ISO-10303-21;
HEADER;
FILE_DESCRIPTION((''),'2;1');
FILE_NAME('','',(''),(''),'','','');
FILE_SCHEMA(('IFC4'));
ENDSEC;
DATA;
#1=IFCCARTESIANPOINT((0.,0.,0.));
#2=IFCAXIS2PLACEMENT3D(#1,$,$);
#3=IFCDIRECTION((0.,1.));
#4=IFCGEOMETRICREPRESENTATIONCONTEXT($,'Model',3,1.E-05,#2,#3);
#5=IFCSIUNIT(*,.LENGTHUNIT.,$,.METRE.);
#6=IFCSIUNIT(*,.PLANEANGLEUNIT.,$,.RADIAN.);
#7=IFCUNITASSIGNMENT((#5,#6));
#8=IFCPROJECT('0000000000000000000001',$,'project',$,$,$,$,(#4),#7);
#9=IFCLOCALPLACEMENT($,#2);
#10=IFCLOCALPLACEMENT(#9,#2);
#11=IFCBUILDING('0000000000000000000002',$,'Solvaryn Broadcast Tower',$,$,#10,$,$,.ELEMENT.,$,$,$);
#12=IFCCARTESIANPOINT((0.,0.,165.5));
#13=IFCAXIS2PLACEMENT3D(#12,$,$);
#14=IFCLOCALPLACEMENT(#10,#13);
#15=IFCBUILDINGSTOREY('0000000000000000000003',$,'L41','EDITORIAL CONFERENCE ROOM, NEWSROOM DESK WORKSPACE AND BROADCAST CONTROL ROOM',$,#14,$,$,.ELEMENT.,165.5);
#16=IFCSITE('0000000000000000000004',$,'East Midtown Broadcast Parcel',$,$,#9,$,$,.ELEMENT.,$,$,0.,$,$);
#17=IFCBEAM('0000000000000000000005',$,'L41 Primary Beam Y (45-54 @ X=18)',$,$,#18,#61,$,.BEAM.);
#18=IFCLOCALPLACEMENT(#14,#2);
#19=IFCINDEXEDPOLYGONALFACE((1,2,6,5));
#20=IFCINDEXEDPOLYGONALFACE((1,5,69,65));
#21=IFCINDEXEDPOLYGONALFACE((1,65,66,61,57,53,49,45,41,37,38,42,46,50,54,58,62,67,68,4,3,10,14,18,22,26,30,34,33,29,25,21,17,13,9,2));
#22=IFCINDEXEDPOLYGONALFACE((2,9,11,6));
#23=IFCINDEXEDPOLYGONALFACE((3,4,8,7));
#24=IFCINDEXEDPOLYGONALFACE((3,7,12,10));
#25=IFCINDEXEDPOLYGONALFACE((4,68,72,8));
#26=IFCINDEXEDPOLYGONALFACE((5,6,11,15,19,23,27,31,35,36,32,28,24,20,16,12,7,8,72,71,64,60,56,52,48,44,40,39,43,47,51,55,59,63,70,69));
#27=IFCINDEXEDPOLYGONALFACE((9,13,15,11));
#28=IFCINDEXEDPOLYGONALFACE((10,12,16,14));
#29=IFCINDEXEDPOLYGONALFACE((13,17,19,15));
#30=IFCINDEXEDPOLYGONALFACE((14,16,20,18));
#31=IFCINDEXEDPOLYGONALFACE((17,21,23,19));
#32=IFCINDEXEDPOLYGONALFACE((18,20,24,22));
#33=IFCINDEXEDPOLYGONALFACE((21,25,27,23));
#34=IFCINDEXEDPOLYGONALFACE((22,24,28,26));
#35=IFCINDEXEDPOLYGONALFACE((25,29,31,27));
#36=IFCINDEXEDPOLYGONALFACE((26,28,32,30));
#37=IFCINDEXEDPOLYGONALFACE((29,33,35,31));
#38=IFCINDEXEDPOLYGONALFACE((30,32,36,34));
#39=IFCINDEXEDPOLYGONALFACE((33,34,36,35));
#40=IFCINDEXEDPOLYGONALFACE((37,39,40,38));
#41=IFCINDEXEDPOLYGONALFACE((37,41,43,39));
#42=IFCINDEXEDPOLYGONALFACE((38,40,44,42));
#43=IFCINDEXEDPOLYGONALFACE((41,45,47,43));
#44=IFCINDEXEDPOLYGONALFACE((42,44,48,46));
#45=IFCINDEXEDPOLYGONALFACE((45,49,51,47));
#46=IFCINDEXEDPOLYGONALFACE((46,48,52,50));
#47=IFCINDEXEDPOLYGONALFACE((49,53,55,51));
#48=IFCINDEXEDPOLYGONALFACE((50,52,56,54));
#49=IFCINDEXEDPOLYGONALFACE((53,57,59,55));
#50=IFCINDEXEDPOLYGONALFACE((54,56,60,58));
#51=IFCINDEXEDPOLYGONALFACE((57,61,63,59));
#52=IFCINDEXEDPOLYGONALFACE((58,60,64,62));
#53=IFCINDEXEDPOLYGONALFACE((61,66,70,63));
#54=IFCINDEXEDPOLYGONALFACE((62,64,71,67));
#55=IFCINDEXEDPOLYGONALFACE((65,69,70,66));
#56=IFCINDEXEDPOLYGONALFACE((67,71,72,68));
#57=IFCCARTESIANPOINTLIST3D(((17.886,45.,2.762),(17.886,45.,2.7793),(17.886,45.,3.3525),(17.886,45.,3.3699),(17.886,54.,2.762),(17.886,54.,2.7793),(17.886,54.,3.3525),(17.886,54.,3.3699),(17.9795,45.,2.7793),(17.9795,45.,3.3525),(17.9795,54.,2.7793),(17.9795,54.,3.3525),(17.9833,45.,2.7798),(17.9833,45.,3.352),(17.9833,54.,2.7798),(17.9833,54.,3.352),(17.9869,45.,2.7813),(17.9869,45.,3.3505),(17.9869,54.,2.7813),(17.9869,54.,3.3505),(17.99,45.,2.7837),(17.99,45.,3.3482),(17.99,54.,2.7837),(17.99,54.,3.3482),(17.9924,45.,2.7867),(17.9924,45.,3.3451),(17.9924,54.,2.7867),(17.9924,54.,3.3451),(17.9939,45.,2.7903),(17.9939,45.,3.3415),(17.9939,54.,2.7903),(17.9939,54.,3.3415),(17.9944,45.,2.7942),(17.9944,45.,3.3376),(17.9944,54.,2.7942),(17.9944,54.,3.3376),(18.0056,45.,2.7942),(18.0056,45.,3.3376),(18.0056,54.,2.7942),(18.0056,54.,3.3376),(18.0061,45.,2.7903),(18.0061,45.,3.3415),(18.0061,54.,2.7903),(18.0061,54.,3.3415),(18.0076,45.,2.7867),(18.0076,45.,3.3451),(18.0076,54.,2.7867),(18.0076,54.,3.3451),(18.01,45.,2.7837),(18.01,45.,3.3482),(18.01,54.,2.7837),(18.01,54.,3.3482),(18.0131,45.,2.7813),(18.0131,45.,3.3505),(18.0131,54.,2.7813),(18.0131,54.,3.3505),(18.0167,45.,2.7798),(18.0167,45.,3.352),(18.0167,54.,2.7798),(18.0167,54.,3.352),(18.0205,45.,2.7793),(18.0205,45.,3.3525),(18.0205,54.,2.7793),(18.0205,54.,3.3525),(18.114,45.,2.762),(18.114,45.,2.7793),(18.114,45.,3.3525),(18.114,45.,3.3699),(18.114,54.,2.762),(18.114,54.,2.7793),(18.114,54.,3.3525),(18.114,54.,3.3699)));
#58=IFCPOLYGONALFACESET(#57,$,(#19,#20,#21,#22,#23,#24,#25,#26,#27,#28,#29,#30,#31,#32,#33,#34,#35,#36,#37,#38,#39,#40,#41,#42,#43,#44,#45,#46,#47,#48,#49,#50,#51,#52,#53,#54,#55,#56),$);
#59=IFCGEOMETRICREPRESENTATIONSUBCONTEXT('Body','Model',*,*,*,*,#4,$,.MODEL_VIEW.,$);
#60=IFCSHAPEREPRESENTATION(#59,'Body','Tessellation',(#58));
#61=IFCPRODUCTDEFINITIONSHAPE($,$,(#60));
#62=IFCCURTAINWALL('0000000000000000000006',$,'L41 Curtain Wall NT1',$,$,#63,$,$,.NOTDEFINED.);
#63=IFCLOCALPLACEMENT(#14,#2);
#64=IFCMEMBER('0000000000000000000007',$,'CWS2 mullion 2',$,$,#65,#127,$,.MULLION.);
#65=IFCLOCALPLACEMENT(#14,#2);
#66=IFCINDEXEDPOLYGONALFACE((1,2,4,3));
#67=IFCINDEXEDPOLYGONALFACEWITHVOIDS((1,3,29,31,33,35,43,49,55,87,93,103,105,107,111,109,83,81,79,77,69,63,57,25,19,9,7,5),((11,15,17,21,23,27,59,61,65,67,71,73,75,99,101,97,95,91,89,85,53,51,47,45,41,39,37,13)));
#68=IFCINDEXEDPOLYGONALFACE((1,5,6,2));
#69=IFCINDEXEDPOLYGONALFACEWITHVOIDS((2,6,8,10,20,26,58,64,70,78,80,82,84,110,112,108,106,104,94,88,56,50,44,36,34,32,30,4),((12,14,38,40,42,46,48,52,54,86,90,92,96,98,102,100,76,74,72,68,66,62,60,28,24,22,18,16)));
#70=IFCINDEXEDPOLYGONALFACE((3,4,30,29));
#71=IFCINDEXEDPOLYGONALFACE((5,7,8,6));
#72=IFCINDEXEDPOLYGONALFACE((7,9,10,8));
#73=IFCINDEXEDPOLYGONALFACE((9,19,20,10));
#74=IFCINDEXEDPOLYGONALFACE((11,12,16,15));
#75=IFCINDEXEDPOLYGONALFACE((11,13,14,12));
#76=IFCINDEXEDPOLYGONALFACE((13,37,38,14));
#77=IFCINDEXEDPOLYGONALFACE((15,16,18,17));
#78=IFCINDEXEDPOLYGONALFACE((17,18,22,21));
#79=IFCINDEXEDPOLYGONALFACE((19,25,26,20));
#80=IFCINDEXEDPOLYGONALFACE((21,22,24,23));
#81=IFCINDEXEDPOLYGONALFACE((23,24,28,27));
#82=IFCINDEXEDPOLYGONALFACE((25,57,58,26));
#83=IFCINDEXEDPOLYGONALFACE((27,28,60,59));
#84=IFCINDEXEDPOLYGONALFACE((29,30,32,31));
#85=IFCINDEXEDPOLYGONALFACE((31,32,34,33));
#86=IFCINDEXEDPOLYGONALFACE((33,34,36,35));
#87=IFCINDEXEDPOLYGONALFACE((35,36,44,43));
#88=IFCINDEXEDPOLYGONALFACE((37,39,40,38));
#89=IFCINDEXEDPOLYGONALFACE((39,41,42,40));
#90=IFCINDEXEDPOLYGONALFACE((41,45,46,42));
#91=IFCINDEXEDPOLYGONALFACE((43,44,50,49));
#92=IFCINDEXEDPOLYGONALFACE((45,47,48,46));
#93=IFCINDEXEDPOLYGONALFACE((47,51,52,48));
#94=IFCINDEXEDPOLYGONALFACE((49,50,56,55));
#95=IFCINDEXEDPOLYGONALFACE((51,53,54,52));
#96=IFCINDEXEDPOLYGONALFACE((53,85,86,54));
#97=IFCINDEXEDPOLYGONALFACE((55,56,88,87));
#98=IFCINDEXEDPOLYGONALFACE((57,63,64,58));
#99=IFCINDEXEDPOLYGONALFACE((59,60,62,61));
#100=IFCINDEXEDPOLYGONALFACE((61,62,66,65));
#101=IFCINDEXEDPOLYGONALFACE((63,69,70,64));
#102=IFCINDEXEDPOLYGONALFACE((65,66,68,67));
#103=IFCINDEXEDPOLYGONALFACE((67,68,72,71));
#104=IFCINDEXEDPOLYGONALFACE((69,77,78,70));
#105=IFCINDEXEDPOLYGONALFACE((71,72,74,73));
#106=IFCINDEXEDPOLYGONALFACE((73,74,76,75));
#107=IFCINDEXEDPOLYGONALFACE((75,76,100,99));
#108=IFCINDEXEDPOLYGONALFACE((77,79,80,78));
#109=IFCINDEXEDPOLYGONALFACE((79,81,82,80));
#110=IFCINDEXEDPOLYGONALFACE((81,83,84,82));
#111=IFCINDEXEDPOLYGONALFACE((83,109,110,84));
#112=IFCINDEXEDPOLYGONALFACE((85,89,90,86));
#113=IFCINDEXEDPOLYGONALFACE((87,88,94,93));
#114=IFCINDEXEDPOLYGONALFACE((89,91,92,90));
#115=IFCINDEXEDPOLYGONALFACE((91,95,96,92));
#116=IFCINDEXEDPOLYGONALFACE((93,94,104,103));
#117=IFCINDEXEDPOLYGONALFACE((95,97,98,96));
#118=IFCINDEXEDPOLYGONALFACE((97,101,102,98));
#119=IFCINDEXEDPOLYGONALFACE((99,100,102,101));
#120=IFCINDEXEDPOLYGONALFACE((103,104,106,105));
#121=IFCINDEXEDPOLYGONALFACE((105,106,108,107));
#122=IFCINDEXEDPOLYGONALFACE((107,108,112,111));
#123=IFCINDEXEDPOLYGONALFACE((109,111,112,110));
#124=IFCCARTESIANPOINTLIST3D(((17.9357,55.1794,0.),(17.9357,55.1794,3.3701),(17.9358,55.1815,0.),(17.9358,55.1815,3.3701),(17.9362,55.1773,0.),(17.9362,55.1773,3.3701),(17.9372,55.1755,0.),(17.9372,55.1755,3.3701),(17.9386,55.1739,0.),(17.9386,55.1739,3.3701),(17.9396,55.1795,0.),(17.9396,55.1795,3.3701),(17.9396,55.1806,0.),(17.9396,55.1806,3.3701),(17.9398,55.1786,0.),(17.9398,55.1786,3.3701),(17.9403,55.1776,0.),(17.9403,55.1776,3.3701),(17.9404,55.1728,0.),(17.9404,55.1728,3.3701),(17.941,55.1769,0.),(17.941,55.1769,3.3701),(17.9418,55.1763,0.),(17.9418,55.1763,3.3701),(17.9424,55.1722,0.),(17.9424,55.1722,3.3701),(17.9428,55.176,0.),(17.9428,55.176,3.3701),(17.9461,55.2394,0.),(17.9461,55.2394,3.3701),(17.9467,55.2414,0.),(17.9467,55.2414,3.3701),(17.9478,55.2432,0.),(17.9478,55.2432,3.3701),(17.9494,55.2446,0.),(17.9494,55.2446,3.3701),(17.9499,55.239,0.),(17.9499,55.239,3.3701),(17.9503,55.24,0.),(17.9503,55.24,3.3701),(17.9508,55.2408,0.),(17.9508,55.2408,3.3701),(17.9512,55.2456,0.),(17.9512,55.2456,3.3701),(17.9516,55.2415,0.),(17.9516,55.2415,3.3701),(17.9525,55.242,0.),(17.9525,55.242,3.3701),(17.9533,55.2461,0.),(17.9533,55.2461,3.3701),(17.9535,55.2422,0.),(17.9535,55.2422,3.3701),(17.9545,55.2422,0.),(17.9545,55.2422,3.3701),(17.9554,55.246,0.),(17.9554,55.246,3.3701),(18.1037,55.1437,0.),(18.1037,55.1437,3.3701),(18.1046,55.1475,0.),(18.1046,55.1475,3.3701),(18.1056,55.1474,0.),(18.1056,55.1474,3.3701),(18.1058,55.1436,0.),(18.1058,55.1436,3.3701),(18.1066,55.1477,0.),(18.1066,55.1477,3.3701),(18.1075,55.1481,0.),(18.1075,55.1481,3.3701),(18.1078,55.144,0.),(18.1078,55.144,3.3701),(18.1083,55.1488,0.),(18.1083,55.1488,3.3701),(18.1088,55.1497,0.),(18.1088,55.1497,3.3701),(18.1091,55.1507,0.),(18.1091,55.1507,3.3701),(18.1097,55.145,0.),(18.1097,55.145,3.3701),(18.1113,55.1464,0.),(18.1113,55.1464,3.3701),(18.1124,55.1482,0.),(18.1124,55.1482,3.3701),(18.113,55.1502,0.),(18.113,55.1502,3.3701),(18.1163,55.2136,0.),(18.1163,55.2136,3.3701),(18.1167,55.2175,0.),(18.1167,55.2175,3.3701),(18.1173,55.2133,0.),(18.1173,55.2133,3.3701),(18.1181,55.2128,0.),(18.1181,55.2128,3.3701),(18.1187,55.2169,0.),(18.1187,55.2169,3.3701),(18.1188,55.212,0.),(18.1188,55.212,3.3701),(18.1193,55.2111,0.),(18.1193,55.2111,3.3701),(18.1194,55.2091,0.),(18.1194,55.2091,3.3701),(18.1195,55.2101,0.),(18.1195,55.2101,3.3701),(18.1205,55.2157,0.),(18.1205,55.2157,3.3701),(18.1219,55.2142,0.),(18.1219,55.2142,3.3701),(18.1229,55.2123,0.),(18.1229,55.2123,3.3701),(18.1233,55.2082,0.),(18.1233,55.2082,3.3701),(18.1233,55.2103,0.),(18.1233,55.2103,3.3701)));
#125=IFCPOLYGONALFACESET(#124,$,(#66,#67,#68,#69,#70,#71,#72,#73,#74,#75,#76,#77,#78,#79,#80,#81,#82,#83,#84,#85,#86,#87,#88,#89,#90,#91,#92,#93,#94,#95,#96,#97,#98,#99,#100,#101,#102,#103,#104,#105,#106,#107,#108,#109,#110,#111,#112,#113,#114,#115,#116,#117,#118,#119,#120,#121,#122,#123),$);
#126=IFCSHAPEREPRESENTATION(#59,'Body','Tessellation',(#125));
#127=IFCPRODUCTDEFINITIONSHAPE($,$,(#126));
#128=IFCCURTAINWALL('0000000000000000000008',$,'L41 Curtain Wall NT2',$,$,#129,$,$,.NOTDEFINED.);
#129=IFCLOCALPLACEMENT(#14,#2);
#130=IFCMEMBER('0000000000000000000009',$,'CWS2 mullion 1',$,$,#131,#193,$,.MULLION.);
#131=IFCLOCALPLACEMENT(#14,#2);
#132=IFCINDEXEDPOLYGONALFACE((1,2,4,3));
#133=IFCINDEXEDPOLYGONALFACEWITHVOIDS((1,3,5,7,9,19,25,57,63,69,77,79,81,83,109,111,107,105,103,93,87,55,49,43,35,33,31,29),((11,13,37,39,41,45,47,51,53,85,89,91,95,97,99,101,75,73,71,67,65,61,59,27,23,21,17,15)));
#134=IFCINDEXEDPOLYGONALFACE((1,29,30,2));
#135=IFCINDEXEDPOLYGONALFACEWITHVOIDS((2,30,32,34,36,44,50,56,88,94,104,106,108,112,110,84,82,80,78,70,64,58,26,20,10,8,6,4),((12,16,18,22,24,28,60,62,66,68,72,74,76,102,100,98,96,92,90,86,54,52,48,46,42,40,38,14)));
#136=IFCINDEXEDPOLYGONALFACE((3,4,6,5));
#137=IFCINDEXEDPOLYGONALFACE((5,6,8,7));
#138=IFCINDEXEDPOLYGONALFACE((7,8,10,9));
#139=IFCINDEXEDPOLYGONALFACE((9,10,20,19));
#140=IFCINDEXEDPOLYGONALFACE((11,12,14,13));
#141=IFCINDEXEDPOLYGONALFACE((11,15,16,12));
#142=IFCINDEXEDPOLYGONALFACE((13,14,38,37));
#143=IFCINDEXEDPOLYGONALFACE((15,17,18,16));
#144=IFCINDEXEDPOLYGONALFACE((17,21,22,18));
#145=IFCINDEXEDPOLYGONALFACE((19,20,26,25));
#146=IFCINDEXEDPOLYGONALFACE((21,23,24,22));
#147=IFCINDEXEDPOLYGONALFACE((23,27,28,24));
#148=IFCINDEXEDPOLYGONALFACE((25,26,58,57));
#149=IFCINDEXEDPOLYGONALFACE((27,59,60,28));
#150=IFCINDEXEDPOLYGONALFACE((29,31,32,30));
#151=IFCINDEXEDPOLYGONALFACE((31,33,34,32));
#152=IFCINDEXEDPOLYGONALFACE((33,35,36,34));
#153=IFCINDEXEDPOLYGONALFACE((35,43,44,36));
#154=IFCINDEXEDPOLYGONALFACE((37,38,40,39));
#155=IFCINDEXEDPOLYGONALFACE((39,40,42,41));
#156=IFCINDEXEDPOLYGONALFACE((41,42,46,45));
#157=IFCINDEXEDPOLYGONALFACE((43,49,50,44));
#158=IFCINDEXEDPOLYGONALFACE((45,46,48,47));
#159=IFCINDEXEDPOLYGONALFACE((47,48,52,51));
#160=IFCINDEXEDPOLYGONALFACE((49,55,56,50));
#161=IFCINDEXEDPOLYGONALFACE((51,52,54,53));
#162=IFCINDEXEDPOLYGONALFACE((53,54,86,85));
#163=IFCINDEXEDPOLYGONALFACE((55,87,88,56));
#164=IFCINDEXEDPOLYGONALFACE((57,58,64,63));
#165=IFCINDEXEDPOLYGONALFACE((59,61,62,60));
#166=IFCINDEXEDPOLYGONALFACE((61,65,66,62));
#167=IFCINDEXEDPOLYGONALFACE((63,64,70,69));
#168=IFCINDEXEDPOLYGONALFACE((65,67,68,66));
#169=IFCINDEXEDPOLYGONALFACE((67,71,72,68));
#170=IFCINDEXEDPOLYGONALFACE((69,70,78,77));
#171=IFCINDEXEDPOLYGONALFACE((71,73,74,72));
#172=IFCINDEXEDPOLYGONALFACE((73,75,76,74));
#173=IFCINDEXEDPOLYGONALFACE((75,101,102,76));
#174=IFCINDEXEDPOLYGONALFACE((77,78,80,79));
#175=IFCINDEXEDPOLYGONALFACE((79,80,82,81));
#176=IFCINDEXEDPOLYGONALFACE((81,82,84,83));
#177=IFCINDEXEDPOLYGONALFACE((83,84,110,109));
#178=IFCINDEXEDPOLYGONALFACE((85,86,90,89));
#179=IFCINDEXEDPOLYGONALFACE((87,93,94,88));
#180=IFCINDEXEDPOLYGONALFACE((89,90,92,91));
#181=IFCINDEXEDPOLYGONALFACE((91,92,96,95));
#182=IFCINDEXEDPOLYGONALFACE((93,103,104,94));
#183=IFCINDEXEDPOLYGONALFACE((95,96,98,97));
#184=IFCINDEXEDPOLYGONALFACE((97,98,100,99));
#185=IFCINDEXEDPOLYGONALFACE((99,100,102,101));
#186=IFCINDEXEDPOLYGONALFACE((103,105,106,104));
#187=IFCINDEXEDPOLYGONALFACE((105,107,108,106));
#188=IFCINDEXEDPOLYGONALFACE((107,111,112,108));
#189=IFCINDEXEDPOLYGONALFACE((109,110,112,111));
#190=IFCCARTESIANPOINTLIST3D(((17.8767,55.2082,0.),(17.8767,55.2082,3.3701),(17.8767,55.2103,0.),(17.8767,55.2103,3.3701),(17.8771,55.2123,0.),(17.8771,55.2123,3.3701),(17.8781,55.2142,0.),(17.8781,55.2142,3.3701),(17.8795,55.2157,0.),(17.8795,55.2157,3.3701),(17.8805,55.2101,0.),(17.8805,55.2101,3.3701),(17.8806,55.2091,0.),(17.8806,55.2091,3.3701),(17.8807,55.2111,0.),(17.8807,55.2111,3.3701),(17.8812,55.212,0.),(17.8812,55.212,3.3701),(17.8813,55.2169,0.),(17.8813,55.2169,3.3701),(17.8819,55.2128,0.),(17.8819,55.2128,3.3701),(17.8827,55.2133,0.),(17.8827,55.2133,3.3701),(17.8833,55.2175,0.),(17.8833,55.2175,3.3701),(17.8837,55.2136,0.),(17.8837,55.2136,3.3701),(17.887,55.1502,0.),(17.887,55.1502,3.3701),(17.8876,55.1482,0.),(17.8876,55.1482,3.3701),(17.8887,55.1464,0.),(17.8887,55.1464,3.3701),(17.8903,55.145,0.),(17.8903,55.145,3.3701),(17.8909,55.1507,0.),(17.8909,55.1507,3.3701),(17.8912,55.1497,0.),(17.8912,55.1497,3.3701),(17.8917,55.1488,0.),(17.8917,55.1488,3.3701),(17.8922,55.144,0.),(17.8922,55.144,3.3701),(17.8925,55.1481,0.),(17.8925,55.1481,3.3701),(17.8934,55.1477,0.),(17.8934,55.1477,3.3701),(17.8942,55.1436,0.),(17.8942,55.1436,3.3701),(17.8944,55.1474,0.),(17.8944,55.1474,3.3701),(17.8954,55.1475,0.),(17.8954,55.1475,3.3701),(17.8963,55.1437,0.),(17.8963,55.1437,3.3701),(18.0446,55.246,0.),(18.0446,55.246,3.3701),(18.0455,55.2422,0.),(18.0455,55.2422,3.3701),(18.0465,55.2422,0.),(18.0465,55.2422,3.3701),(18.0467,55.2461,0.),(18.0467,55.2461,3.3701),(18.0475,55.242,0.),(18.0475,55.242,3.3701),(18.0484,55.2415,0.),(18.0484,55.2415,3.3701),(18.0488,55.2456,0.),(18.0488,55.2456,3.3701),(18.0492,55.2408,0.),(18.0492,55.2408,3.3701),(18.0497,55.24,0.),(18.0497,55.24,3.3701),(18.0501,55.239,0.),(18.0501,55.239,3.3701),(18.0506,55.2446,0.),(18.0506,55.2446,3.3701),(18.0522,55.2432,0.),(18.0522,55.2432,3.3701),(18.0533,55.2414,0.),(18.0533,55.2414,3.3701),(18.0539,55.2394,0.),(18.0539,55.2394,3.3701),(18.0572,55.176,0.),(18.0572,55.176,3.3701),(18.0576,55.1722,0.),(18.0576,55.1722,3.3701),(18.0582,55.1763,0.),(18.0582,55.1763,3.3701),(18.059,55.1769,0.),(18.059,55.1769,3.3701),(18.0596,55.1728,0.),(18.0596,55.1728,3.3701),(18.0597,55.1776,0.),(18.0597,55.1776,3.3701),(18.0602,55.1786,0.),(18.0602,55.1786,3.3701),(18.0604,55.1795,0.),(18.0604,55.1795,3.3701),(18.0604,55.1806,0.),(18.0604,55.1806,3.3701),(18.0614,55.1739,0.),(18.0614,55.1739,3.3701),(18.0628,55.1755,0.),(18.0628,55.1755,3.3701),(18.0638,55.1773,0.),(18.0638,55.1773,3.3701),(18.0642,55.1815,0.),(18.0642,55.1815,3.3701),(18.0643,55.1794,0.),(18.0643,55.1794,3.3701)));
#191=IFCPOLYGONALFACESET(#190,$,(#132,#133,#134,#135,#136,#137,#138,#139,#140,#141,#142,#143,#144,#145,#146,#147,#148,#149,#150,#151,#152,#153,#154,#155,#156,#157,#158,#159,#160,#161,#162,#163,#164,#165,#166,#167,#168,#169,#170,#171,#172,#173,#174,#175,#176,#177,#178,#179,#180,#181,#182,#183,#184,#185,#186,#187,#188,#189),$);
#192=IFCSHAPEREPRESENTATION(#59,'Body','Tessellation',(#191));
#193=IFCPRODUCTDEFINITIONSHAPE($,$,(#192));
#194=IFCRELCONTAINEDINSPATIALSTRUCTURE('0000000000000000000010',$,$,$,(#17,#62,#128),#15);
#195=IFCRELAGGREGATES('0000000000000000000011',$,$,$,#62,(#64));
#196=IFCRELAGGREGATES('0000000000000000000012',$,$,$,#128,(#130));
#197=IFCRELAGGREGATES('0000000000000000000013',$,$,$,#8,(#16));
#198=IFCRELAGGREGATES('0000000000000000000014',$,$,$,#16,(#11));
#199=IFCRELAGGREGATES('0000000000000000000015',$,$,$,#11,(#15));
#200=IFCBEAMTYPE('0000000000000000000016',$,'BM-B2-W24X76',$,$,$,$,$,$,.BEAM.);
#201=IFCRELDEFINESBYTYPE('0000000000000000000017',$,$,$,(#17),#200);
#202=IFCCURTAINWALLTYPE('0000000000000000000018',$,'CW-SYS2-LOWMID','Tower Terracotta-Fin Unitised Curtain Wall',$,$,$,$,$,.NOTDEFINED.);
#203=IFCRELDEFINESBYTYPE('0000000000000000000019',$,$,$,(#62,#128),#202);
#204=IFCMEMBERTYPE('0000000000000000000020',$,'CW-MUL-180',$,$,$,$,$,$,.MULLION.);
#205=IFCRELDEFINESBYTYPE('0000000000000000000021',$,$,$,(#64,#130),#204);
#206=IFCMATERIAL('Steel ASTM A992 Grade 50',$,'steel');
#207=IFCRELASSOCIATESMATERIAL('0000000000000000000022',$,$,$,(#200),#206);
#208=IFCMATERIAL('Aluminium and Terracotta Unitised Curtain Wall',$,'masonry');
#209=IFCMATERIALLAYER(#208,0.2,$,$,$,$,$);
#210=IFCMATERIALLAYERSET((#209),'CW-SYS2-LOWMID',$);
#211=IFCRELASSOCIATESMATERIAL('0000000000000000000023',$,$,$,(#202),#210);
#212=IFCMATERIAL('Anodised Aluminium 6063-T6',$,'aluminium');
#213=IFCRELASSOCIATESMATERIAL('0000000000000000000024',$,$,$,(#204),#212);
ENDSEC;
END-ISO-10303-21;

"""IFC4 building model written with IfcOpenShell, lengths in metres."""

from ifc_helpers import new_model, si_unit, direction, frame, origin, origin_2d, place, context, subcontext, project, spatial, hollow_rectangle, i_section, extrude, material, layer, layer_set, material_profile, profile_set, type_object, element, aggregate, save


model = new_model("IFC4")

# Units and contexts
model_context = context("Model", 3, precision=1e-05, world=origin(), true_north=direction((0.0, 1.0)))
body_context = subcontext(model_context, "Body", "Model", "MODEL_VIEW")
ifc_project = project(units=[si_unit("LENGTHUNIT", "METRE"), si_unit("PLANEANGLEUNIT", "RADIAN")], contexts=[model_context])

# Site, building, storey
site_placement = place(None, origin())
site = spatial("IfcSite", under=ifc_project, at=site_placement, Name="East Midtown Broadcast Parcel", CompositionType="ELEMENT", RefElevation=0.0)
building_placement = place(site_placement, origin())
building = spatial("IfcBuilding", under=site, at=building_placement, Name="Solvaryn Broadcast Tower", CompositionType="ELEMENT")
storey_placement = place(building_placement, frame((0.0, 0.0, 165.5)))
storey = spatial("IfcBuildingStorey", under=building, at=storey_placement, Name="L41", Description="EDITORIAL CONFERENCE ROOM, NEWSROOM DESK WORKSPACE AND BROADCAST CONTROL ROOM", CompositionType="ELEMENT", Elevation=165.5)

# Beam
ifc_material_1 = material(Name="Steel ASTM A992 Grade 50", Category="steel")
ifc_material_profile_1 = material_profile(ifc_material_1, i_section(OverallWidth=0.228, OverallDepth=0.6079, WebThickness=0.0112, FlangeThickness=0.0173, FilletRadius=0.0149, at=origin_2d()))
ifc_profile_set_1 = profile_set([ifc_material_profile_1], Name="Steel ASTM A992 Grade 50")
beam_type_1 = type_object("IfcBeamType", Name="BM-B2-W24X76", PredefinedType="BEAM", material=ifc_profile_set_1)
beam_1_placement = place(storey_placement, frame((18.0, 45.0, 3.0659), z_axis=(0.0, 1.0, 0.0), x_axis=(-1.0, 0.0, 0.0)))
element("IfcBeam", 1, at=beam_1_placement, inside=storey, type_object=beam_type_1, Name="L41 Primary Beam Y (45-54 @ X=18)", PredefinedType="BEAM", context=body_context, shape_type="SweptSolid", body=[
    extrude(i_section(OverallWidth=0.228, OverallDepth=0.6079, WebThickness=0.0112, FlangeThickness=0.0173, FilletRadius=0.0149, at=origin_2d()), origin(), (0.0, 0.0, 1.0), 9.0),
])

# Curtain wall, member
ifc_material_2 = material(Name="Aluminium and Terracotta Unitised Curtain Wall", Category="masonry")
ifc_layer_1 = layer(ifc_material_2, 0.2)
ifc_layer_set_1 = layer_set([ifc_layer_1], Name="CW-SYS2-LOWMID")
curtain_wall_type = type_object("IfcCurtainWallType", Name="CW-SYS2-LOWMID", Description="Tower Terracotta-Fin Unitised Curtain Wall", PredefinedType="NOTDEFINED", material=ifc_layer_set_1)
curtain_wall_1_placement = place(storey_placement, origin())
curtain_wall_1 = element("IfcCurtainWall", 2, at=curtain_wall_1_placement, inside=storey, type_object=curtain_wall_type, Name="L41 Curtain Wall NT1", PredefinedType="NOTDEFINED")
ifc_material_3 = material(Name="Anodised Aluminium 6063-T6", Category="aluminium")
ifc_material_profile_2 = material_profile(ifc_material_3, hollow_rectangle(XDim=0.075, YDim=0.1799, WallThickness=0.0039, InnerFilletRadius=0.0039, OuterFilletRadius=0.0081, at=origin_2d()))
ifc_profile_set_2 = profile_set([ifc_material_profile_2], Name="Anodised Aluminium 6063-T6")
member_type_1 = type_object("IfcMemberType", Name="CW-MUL-180", PredefinedType="MULLION", material=ifc_profile_set_2)
member_1_placement = place(storey_placement, frame((18.0295, 55.1948, 0.0), z_axis=(0.0, 0.0, 1.0), x_axis=(-0.173785, -0.984784, 0.0)))
member_1 = element("IfcMember", 3, at=member_1_placement, type_object=member_type_1, Name="CWS2 mullion 2", PredefinedType="MULLION", context=body_context, shape_type="SweptSolid", body=[
    extrude(hollow_rectangle(XDim=0.075, YDim=0.1799, WallThickness=0.0039, InnerFilletRadius=0.0039, OuterFilletRadius=0.0081, at=origin_2d()), origin(), (0.0, 0.0, 1.0), 3.3701),
])

# Curtain wall, member
curtain_wall_2_placement = place(storey_placement, origin())
curtain_wall_2 = element("IfcCurtainWall", 4, at=curtain_wall_2_placement, inside=storey, type_object=curtain_wall_type, Name="L41 Curtain Wall NT2", PredefinedType="NOTDEFINED")
member_2_placement = place(storey_placement, frame((17.9705, 55.1948, 0.0), z_axis=(0.0, 0.0, 1.0), x_axis=(0.173785, -0.984784, 0.0)))
member_2 = element("IfcMember", 5, at=member_2_placement, type_object=member_type_1, Name="CWS2 mullion 1", PredefinedType="MULLION", context=body_context, shape_type="SweptSolid", body=[
    extrude(hollow_rectangle(XDim=0.075, YDim=0.1799, WallThickness=0.0039, InnerFilletRadius=0.0039, OuterFilletRadius=0.0081, at=origin_2d()), origin(), (0.0, 0.0, 1.0), 3.3701),
])

aggregate(curtain_wall_1, [member_1])
aggregate(curtain_wall_2, [member_2])

save(model, "model.ifc")
